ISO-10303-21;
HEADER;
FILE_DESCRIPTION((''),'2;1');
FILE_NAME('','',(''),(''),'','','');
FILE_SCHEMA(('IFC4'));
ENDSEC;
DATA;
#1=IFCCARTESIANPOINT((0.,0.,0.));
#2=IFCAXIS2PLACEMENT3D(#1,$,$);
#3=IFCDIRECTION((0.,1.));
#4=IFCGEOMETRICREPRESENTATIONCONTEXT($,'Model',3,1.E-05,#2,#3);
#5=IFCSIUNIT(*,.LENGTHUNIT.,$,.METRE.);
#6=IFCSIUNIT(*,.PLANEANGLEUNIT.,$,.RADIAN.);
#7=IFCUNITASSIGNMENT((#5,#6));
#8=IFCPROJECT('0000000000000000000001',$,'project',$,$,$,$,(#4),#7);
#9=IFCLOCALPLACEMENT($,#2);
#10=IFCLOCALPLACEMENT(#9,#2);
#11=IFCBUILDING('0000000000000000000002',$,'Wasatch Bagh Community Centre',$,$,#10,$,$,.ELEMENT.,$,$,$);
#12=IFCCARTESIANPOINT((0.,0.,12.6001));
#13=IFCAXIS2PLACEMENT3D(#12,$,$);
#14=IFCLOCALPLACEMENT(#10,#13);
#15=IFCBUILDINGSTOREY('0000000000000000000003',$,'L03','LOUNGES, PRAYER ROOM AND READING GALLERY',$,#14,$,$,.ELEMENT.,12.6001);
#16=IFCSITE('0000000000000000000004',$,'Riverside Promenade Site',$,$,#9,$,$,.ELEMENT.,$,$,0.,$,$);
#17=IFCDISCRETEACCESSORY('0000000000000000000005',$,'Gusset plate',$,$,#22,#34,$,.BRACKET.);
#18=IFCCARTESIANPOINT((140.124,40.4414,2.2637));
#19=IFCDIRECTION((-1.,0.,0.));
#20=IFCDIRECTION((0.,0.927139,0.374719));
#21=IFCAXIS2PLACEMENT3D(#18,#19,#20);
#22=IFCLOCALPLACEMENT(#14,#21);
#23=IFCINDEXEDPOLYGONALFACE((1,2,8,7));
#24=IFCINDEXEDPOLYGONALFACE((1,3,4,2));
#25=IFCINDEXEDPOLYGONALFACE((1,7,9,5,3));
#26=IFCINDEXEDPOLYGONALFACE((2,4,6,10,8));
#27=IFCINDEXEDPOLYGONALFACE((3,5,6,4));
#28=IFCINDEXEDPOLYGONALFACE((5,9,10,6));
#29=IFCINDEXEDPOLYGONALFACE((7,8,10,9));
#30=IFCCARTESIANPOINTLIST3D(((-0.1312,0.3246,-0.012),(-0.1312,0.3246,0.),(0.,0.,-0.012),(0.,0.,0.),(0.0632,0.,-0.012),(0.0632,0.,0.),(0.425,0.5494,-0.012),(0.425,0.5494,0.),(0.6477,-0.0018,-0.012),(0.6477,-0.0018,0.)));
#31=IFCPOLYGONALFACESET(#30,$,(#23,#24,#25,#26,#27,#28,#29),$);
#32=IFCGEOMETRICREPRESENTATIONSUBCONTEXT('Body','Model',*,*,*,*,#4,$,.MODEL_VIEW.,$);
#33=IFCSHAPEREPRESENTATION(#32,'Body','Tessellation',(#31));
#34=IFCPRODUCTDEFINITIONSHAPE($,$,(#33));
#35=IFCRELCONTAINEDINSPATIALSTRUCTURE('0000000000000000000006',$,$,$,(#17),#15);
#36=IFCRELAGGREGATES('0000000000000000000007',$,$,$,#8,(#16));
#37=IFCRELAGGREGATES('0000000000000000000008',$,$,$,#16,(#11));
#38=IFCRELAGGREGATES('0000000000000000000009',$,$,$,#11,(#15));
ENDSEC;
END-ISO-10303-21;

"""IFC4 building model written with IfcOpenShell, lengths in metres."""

from ifc_helpers import new_model, si_unit, direction, frame, origin, place, context, subcontext, project, spatial, polyline, outline, extrude, element, save


model = new_model("IFC4")

# Units and contexts
model_context = context("Model", 3, precision=1e-05, world=origin(), true_north=direction((0.0, 1.0)))
body_context = subcontext(model_context, "Body", "Model", "MODEL_VIEW")
ifc_project = project(units=[si_unit("LENGTHUNIT", "METRE"), si_unit("PLANEANGLEUNIT", "RADIAN")], contexts=[model_context])

# Site, building, storey
site_placement = place(None, origin())
site = spatial("IfcSite", under=ifc_project, at=site_placement, Name="Riverside Promenade Site", CompositionType="ELEMENT", RefElevation=0.0)
building_placement = place(site_placement, origin())
building = spatial("IfcBuilding", under=site, at=building_placement, Name="Wasatch Bagh Community Centre", CompositionType="ELEMENT")
storey_placement = place(building_placement, frame((0.0, 0.0, 12.6001)))
storey = spatial("IfcBuildingStorey", under=building, at=storey_placement, Name="L03", Description="LOUNGES, PRAYER ROOM AND READING GALLERY", CompositionType="ELEMENT", Elevation=12.6001)

# Discrete accessory
discrete_accessory_1_placement = place(storey_placement, frame((140.124, 40.4414, 2.2637), z_axis=(-1.0, 0.0, 0.0), x_axis=(0.0, 0.927139, 0.374719)))
element("IfcDiscreteAccessory", 1, at=discrete_accessory_1_placement, inside=storey, Name="Gusset plate", PredefinedType="BRACKET", context=body_context, shape_type="SweptSolid", body=[
    extrude(outline(polyline([(0.0, 0.0), (0.0632, 0.0), (0.6477, -0.0018), (0.425, 0.5494), (-0.1312, 0.3246), (0.0, 0.0)])), origin(), (0.0, 0.0, -1.0), 0.012),
])

save(model, "model.ifc")
